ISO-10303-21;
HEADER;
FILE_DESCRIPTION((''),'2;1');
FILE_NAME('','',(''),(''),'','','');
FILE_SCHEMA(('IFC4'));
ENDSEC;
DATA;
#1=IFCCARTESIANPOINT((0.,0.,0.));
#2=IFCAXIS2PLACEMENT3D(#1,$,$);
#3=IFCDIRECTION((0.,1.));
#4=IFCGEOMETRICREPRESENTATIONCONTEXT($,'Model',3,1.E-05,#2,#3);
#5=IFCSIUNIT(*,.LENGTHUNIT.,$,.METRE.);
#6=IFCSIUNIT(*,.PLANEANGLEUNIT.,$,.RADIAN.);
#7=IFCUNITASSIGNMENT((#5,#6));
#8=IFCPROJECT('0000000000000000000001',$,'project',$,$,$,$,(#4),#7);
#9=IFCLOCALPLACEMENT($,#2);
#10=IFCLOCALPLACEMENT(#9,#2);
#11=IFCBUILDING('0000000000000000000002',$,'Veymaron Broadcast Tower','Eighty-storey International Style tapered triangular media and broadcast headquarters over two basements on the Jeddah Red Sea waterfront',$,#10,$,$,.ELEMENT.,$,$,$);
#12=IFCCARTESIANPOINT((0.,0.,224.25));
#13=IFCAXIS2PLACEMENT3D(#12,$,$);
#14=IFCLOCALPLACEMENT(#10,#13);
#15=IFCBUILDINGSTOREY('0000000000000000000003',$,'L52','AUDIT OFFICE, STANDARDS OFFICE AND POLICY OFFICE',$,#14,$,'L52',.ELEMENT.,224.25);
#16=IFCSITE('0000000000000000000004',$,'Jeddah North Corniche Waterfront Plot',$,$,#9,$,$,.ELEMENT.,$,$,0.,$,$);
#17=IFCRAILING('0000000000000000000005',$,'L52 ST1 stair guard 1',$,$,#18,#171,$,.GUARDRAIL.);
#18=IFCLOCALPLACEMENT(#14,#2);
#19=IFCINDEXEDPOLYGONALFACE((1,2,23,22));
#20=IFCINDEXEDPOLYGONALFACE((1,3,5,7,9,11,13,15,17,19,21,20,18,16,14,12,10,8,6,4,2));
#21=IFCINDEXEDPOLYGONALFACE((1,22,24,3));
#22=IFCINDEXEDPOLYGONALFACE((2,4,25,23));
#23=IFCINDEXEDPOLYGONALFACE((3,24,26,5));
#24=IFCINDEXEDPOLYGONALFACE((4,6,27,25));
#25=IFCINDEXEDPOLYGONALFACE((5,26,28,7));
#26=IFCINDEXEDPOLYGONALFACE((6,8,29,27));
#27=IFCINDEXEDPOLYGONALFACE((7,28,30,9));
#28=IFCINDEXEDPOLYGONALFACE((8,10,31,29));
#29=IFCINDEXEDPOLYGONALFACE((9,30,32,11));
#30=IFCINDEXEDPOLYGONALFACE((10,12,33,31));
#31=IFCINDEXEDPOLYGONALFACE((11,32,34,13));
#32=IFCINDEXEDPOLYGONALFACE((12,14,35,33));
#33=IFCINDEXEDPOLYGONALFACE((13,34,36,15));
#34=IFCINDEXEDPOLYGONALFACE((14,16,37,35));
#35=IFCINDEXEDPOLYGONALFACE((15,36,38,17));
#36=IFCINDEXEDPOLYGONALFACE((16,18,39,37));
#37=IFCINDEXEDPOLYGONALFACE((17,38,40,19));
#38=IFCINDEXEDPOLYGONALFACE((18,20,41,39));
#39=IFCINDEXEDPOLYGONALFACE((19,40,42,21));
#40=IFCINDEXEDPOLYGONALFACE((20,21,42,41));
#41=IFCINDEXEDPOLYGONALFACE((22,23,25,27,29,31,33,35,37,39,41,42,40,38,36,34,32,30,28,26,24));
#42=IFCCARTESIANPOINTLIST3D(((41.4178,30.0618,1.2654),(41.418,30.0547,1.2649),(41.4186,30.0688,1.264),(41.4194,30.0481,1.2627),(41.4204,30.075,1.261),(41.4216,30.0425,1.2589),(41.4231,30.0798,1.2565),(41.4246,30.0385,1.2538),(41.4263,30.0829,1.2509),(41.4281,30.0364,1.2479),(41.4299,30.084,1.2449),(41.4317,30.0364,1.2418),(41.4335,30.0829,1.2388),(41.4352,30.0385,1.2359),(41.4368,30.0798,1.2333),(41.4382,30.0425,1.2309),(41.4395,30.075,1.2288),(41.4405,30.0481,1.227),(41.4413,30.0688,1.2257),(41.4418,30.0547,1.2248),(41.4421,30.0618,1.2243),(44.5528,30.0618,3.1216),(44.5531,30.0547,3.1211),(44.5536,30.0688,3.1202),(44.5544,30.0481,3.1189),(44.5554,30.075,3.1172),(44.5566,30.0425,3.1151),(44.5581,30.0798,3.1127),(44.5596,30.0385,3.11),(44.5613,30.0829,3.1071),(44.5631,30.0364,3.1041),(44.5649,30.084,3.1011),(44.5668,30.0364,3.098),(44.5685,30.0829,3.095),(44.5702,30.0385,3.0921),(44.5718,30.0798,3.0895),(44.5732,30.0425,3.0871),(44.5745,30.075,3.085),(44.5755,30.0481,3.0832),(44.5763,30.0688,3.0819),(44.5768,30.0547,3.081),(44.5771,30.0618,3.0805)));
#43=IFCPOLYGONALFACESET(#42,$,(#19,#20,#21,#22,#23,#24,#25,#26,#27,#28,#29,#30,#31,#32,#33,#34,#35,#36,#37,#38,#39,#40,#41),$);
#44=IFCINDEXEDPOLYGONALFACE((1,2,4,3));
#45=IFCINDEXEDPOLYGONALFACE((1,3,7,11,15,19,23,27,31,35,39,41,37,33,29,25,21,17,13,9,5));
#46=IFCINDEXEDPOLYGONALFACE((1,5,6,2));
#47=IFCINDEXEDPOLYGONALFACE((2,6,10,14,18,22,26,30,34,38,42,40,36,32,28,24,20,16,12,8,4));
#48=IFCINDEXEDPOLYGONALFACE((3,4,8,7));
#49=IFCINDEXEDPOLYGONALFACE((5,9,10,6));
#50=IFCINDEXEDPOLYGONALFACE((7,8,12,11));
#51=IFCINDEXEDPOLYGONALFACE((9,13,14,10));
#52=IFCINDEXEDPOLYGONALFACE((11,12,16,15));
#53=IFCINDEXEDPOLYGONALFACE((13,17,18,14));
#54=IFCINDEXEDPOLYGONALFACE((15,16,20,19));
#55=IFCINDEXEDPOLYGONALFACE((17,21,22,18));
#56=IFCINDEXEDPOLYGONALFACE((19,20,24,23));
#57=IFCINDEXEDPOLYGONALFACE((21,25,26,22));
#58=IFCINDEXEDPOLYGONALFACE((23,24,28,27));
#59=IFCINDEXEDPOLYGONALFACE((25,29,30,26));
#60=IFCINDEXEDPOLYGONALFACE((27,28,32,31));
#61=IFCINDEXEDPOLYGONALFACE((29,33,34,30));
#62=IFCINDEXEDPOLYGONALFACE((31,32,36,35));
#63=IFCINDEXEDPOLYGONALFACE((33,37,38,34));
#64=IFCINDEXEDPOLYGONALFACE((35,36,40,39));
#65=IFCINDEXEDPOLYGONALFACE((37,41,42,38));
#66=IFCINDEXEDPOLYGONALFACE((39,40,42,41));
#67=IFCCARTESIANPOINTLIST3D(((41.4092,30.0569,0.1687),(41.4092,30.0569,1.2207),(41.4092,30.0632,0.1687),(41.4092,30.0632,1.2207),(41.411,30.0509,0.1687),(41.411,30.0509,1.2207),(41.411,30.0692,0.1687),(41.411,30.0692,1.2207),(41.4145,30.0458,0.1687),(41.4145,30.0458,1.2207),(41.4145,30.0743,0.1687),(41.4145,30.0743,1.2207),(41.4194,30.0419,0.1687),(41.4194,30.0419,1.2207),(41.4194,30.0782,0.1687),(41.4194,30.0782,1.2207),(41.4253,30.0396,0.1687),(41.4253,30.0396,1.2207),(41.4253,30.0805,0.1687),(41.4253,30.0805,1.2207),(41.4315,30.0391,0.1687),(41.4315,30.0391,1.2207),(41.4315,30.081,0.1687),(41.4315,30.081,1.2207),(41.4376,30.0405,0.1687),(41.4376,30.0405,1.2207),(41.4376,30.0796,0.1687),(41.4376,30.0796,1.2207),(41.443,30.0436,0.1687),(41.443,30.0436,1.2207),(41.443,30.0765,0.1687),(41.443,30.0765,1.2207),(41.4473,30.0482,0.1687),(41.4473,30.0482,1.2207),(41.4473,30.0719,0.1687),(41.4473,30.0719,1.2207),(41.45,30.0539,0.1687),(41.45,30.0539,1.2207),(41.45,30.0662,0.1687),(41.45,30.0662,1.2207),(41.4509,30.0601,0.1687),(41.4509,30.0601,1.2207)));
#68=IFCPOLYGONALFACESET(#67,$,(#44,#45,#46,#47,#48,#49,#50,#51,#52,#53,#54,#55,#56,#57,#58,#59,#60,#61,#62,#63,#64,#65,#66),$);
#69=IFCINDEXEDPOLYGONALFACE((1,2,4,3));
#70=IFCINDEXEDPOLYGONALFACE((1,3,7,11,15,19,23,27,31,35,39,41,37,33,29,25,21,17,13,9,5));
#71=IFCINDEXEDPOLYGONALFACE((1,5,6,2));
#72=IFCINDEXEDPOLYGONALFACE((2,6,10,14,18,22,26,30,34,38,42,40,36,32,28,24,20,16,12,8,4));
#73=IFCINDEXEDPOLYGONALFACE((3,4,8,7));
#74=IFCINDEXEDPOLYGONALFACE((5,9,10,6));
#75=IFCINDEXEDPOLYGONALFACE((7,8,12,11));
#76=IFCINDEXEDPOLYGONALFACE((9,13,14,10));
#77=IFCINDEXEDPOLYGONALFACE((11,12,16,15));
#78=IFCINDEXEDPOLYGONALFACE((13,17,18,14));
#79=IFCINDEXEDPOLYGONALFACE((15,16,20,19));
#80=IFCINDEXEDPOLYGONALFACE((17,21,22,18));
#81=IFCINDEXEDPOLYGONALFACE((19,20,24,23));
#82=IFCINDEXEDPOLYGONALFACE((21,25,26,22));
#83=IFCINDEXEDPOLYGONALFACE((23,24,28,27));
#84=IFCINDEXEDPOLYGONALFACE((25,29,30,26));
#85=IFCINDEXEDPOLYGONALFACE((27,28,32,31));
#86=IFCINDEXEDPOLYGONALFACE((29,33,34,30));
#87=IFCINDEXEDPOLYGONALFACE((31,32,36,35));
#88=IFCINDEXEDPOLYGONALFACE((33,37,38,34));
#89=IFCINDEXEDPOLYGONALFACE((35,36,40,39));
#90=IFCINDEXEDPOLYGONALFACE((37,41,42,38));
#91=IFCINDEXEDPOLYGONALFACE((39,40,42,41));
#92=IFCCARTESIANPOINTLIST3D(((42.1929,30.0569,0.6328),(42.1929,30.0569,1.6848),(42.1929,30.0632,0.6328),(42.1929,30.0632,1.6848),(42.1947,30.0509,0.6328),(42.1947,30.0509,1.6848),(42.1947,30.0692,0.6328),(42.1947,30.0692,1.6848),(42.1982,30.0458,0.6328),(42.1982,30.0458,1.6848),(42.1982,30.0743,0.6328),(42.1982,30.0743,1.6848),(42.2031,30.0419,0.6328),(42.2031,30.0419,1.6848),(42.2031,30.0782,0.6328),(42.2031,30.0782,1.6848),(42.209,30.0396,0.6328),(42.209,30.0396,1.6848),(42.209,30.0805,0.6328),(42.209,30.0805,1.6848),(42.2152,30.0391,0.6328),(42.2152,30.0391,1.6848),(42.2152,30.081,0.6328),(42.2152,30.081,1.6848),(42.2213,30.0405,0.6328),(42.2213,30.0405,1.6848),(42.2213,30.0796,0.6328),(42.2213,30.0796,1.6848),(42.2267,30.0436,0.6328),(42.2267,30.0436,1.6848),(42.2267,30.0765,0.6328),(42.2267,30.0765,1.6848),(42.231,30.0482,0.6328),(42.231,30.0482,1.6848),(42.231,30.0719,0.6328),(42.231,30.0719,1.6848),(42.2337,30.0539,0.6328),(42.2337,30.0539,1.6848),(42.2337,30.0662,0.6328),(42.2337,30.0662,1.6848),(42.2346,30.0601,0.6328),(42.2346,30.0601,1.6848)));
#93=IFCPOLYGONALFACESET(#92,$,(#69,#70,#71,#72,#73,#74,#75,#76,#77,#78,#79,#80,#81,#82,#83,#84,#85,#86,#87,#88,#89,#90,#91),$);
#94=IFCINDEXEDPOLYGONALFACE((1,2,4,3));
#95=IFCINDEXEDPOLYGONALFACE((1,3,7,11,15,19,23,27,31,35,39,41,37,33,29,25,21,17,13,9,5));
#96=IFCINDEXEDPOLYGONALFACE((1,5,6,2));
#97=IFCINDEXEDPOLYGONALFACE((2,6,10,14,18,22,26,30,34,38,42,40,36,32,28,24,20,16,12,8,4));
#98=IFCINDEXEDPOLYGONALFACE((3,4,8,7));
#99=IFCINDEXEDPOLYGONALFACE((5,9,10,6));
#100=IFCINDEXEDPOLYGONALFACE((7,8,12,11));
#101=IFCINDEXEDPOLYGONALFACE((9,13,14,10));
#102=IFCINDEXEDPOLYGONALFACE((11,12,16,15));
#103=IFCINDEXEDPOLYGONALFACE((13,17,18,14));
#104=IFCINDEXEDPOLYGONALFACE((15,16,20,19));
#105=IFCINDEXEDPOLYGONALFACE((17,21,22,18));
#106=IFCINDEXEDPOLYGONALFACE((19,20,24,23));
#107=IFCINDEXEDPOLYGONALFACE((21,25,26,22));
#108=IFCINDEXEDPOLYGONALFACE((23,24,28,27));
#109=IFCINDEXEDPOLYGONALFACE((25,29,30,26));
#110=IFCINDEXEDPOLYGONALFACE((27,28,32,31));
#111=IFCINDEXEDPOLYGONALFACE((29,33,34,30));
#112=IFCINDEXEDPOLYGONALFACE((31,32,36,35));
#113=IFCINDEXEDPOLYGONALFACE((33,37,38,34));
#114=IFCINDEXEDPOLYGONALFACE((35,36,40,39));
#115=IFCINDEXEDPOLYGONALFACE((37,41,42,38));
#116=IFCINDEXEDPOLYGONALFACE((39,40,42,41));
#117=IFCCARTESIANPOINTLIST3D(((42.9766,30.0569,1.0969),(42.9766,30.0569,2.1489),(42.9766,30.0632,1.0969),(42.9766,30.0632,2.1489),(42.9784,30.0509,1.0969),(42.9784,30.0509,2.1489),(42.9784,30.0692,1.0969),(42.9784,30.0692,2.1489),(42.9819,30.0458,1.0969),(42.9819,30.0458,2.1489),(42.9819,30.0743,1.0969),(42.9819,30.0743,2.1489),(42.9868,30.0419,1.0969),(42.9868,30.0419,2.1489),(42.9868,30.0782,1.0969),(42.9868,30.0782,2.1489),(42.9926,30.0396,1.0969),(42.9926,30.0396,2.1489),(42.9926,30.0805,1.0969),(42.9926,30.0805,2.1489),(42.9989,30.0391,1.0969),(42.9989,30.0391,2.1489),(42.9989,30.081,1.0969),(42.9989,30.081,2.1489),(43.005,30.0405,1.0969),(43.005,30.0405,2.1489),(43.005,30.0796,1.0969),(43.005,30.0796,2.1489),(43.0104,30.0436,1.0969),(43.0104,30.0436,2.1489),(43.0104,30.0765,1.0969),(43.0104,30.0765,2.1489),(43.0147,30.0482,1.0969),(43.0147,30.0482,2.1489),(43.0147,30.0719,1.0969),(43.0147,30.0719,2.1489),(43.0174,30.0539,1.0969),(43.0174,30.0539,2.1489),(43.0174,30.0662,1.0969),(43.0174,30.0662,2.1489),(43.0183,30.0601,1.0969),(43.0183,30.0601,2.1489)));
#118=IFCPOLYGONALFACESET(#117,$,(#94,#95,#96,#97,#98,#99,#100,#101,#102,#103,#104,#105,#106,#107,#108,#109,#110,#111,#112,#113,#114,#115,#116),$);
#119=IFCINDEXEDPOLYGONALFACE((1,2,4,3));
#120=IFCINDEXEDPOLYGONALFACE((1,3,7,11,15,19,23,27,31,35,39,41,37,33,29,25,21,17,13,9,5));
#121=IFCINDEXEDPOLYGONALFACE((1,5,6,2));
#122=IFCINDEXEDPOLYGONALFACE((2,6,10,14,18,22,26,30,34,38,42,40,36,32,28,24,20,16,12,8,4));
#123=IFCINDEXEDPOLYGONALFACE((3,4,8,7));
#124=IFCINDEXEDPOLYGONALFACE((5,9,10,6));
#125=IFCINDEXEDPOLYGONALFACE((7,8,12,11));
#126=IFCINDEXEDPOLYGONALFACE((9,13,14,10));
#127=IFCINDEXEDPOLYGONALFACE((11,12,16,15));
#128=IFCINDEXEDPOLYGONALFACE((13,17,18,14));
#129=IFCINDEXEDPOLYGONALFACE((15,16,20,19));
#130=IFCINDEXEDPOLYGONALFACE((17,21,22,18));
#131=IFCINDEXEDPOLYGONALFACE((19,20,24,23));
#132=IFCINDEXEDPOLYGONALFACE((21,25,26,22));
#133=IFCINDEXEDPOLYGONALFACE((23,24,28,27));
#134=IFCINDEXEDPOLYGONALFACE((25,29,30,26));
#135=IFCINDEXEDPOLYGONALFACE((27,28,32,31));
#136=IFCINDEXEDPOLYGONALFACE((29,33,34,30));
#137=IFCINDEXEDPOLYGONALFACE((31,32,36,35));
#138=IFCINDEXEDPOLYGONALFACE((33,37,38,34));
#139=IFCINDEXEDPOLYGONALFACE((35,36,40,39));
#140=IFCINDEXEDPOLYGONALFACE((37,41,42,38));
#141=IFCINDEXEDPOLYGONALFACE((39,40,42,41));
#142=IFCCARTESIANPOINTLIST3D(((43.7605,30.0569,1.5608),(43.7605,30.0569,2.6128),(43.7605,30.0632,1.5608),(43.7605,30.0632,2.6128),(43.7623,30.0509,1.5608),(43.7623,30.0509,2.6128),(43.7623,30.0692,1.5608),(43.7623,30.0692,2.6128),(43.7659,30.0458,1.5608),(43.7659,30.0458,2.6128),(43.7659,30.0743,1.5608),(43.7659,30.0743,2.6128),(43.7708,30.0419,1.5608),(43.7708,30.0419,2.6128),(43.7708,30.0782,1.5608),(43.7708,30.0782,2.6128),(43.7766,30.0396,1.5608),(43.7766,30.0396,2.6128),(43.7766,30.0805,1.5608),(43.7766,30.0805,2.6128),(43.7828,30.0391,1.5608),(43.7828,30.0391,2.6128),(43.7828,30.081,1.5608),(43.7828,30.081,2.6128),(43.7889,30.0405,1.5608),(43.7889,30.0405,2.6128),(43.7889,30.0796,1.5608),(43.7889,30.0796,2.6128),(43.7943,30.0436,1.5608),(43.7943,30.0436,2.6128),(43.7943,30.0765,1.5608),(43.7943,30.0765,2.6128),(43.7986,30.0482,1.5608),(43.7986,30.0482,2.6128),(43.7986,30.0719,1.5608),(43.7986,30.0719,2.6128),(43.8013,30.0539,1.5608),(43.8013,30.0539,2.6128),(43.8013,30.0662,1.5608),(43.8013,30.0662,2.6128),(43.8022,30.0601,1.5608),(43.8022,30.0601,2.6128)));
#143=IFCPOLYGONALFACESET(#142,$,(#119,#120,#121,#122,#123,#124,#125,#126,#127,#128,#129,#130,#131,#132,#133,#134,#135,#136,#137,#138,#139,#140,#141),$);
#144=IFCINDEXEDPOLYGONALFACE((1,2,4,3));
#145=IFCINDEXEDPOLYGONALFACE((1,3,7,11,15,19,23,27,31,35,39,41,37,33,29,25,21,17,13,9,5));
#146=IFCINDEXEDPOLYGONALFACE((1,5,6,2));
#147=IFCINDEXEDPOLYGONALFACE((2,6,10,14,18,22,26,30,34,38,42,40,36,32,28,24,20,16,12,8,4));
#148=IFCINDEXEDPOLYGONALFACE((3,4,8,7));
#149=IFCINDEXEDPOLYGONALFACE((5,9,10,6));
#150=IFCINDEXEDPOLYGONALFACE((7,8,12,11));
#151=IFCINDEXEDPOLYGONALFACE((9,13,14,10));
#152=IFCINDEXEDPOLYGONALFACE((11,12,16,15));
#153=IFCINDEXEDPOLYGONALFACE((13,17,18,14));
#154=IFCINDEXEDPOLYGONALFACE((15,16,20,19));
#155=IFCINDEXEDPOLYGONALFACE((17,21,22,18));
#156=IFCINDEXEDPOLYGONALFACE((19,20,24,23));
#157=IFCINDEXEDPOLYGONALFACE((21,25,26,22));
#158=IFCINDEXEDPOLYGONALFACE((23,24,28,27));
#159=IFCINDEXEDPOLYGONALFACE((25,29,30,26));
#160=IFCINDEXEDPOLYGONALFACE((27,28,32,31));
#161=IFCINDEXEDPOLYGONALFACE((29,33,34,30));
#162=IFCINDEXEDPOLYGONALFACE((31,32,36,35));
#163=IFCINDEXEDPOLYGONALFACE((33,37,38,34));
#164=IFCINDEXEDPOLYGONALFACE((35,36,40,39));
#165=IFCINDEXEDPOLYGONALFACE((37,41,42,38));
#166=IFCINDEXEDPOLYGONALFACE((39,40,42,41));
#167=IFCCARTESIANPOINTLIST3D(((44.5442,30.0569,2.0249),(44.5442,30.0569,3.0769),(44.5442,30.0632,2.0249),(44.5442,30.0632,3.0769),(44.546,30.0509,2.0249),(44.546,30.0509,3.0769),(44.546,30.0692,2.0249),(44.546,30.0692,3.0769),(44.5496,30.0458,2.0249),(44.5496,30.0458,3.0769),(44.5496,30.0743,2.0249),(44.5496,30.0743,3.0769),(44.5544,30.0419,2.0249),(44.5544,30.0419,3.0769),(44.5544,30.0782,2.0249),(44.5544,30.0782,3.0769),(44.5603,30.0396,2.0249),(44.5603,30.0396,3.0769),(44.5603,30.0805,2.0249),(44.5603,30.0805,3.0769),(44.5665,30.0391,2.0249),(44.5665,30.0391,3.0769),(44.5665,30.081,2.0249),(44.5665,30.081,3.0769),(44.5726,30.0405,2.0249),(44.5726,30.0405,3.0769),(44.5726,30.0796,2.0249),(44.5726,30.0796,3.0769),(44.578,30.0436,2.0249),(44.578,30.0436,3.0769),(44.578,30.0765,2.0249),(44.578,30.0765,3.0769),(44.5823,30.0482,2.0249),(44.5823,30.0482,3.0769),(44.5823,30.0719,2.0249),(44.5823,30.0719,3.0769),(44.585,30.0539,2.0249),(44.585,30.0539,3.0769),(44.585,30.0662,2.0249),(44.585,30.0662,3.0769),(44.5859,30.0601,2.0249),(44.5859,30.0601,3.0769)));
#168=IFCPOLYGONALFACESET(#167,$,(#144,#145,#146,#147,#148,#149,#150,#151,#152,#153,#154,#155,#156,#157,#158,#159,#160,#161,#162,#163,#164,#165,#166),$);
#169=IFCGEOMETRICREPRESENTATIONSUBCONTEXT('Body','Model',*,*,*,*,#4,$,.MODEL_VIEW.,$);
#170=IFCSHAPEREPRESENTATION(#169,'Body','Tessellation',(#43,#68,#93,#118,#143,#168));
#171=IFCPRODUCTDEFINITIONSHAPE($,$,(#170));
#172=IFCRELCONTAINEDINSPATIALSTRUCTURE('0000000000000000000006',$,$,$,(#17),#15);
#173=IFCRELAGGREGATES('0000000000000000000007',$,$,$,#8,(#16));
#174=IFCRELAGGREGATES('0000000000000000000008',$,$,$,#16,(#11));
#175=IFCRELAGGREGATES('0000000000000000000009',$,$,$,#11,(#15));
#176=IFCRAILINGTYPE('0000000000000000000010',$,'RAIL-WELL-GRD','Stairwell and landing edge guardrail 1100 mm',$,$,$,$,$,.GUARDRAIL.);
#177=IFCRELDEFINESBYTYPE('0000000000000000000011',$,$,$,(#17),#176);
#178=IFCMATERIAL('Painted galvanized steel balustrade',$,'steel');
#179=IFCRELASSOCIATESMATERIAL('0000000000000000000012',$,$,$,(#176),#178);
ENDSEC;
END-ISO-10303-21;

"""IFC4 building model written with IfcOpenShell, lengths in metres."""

from ifc_helpers import new_model, si_unit, direction, frame, origin, origin_2d, place, context, subcontext, project, spatial, circle, extrude, material, type_object, element, save


model = new_model("IFC4")

# Units and contexts
model_context = context("Model", 3, precision=1e-05, world=origin(), true_north=direction((0.0, 1.0)))
body_context = subcontext(model_context, "Body", "Model", "MODEL_VIEW")
ifc_project = project(units=[si_unit("LENGTHUNIT", "METRE"), si_unit("PLANEANGLEUNIT", "RADIAN")], contexts=[model_context])

# Site, building, storey
site_placement = place(None, origin())
site = spatial("IfcSite", under=ifc_project, at=site_placement, Name="Jeddah North Corniche Waterfront Plot", CompositionType="ELEMENT", RefElevation=0.0)
building_placement = place(site_placement, origin())
building = spatial("IfcBuilding", under=site, at=building_placement, Name="Veymaron Broadcast Tower", Description="Eighty-storey International Style tapered triangular media and broadcast headquarters over two basements on the Jeddah Red Sea waterfront", CompositionType="ELEMENT")
storey_placement = place(building_placement, frame((0.0, 0.0, 224.25)))
storey = spatial("IfcBuildingStorey", under=building, at=storey_placement, Name="L52", Description="AUDIT OFFICE, STANDARDS OFFICE AND POLICY OFFICE", LongName="L52", CompositionType="ELEMENT", Elevation=224.25)

# Railing
ifc_material_1 = material(Name="Painted galvanized steel balustrade", Category="steel")
railing_type_1 = type_object("IfcRailingType", Name="RAIL-WELL-GRD", Description="Stairwell and landing edge guardrail 1100 mm", PredefinedType="GUARDRAIL", material=ifc_material_1)
railing_1_placement = place(storey_placement, frame((41.4299, 30.0601, 0.1687)))
element("IfcRailing", 1, at=railing_1_placement, inside=storey, type_object=railing_type_1, Name="L52 ST1 stair guard 1", PredefinedType="GUARDRAIL", context=body_context, shape_type="SweptSolid", body=[
    extrude(circle(Radius=0.0239, at=origin_2d()), frame((0.0, 0.0, 1.0762), z_axis=(0.860482, 0.0, 0.509481), x_axis=(0.0, 1.0, 0.0)), (0.0, 0.0, 1.0), 3.6433),
    extrude(circle(Radius=0.021, at=origin_2d()), origin(), (0.0, 0.0, 1.0), 1.052),
    extrude(circle(Radius=0.021, at=origin_2d()), frame((0.7837, 0.0, 0.4641)), (0.0, 0.0, 1.0), 1.052),
    extrude(circle(Radius=0.021, at=origin_2d()), frame((1.5674, 0.0, 0.9282)), (0.0, 0.0, 1.0), 1.052),
    extrude(circle(Radius=0.021, at=origin_2d()), frame((2.3513, 0.0, 1.3921)), (0.0, 0.0, 1.0), 1.052),
    extrude(circle(Radius=0.021, at=origin_2d()), frame((3.135, 0.0, 1.8562)), (0.0, 0.0, 1.0), 1.052),
])

save(model, "model.ifc")
